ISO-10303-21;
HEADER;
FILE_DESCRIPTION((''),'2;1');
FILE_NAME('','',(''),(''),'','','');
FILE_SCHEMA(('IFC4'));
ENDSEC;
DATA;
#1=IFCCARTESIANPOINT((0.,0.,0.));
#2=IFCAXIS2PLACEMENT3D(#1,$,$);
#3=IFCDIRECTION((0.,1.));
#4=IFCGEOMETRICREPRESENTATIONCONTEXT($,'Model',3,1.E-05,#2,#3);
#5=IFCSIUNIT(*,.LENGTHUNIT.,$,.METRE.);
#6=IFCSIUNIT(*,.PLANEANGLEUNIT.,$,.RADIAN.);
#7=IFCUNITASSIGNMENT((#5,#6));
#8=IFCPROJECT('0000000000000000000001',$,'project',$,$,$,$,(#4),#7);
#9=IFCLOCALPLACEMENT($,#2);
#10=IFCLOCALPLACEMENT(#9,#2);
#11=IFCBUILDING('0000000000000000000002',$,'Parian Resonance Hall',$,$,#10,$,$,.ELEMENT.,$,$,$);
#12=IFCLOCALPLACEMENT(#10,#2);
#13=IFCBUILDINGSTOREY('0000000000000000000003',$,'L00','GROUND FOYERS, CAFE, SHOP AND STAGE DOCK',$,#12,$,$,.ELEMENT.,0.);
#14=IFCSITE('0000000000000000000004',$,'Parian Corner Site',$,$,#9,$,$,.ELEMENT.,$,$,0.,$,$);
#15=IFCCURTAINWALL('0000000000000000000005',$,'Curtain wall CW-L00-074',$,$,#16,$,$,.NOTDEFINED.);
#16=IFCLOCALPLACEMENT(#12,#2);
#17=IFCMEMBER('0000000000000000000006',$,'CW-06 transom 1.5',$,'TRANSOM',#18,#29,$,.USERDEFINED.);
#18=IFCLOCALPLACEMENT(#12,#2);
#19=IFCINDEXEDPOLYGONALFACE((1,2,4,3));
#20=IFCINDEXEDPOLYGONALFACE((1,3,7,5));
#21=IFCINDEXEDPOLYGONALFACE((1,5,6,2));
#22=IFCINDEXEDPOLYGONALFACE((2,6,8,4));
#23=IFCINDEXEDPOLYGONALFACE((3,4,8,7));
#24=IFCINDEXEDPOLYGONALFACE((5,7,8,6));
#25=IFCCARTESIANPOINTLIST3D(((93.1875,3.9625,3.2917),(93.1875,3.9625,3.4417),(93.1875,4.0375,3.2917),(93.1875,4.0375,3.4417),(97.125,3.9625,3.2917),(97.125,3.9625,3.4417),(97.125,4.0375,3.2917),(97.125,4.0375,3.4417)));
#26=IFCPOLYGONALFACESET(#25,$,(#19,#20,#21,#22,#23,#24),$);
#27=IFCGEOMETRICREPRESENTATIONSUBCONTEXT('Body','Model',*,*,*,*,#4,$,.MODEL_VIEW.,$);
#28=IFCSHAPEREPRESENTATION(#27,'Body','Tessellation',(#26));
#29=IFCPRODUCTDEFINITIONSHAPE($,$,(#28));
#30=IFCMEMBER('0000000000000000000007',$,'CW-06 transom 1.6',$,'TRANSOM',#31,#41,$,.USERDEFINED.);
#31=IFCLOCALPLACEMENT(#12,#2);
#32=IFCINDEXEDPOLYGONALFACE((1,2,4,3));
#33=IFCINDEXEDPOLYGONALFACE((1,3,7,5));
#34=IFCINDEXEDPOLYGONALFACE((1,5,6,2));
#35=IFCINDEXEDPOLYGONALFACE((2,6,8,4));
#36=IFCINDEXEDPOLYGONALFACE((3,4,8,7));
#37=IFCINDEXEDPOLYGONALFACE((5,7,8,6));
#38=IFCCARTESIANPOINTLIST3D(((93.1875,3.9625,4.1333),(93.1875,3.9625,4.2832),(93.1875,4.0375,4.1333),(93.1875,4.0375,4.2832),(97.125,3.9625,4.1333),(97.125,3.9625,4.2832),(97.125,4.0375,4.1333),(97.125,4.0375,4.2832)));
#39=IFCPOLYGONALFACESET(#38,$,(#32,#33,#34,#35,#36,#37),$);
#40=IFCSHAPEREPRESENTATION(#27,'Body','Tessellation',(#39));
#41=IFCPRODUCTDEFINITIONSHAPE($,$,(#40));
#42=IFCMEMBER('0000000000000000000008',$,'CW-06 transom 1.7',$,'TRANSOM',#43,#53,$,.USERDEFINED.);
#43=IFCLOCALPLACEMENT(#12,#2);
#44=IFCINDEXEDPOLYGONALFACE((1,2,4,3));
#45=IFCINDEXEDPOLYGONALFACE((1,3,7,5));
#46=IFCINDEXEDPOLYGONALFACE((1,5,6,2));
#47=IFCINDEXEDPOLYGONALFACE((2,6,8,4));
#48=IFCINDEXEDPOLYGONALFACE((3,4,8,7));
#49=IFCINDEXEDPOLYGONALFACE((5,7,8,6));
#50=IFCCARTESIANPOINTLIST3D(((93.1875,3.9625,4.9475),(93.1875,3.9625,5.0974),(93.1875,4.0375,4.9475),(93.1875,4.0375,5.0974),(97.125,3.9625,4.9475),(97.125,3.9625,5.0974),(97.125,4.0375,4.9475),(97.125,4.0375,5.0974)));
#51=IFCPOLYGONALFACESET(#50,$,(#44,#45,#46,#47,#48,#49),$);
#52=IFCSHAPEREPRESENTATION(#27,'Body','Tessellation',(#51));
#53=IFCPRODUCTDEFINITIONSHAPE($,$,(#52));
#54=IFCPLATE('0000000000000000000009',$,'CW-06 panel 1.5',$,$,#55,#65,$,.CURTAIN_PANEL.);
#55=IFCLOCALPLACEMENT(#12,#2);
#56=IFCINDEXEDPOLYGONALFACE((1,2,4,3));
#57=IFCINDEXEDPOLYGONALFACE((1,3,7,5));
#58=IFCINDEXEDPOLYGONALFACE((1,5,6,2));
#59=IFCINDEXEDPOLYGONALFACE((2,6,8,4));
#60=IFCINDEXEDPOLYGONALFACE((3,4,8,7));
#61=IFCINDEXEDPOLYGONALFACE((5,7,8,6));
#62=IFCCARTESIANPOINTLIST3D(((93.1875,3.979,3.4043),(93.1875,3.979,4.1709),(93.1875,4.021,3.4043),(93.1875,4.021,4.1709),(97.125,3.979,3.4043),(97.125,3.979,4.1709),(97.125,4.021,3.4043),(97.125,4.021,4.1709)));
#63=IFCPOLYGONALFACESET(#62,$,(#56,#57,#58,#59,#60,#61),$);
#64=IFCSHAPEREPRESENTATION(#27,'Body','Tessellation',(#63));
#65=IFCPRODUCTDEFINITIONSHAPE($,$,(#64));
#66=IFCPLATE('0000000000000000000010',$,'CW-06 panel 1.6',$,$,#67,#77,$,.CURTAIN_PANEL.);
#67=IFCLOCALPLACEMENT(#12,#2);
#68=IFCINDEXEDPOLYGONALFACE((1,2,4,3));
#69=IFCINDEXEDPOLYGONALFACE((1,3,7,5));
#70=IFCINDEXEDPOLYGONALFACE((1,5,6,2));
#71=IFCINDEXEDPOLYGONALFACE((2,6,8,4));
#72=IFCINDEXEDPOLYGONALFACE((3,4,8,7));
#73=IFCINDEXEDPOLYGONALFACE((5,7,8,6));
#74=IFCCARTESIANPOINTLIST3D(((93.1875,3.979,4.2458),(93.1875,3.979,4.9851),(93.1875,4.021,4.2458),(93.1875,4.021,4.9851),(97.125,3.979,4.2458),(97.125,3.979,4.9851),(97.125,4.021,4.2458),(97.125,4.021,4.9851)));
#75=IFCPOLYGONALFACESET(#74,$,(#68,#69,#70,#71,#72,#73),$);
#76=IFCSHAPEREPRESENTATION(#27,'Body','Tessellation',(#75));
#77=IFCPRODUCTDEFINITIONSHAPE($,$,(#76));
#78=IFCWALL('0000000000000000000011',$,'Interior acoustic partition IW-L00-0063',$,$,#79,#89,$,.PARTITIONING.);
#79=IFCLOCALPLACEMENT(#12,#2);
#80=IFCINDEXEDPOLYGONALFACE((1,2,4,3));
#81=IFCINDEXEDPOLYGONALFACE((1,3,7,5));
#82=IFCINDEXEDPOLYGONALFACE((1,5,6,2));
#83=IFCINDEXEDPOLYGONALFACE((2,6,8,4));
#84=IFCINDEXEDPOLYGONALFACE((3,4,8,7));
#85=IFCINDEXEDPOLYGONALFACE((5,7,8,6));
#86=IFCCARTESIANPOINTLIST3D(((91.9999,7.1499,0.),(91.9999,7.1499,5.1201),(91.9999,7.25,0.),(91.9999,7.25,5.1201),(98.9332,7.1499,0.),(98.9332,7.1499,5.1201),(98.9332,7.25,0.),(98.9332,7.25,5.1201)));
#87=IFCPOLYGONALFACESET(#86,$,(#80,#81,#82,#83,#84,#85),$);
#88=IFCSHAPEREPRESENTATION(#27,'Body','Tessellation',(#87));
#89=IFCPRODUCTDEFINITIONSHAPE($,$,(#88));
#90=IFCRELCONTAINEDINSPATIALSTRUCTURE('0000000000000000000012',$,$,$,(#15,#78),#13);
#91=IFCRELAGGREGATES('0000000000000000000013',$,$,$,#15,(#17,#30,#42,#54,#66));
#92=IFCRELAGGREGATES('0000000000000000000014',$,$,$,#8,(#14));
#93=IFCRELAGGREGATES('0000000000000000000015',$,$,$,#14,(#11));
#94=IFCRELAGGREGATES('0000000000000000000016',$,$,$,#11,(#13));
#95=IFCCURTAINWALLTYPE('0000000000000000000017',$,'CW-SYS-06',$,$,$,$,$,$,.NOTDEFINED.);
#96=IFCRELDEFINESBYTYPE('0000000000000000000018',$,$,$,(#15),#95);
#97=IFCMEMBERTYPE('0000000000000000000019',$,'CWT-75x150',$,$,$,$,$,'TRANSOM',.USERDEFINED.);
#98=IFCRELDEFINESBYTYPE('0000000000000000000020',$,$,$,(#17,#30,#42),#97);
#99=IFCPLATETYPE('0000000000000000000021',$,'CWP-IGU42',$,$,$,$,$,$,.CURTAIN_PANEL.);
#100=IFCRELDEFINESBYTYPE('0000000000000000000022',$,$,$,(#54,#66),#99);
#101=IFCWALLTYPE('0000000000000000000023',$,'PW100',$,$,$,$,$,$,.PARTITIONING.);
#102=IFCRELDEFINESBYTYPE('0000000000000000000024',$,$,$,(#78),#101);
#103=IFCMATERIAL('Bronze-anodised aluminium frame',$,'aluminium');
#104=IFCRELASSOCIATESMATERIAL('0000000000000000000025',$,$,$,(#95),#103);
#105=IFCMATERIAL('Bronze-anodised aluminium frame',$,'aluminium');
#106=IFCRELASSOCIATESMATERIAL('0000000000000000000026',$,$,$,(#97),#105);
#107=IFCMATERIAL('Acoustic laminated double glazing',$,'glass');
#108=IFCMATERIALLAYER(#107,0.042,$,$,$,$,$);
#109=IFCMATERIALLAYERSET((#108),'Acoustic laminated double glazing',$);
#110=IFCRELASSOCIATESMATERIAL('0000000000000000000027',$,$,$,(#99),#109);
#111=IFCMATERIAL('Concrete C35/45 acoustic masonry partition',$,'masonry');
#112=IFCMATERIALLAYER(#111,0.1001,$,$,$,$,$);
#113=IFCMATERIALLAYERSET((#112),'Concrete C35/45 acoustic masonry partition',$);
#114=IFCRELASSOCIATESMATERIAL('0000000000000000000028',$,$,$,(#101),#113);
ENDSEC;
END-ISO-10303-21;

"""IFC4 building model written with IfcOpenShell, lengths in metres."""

from ifc_helpers import new_model, si_unit, direction, frame, frame_2d, origin, origin_2d, place, context, subcontext, project, spatial, rectangle, extrude, material, layer, layer_set, material_profile, profile_set, type_object, element, aggregate, save


model = new_model("IFC4")

# Units and contexts
model_context = context("Model", 3, precision=1e-05, world=origin(), true_north=direction((0.0, 1.0)))
body_context = subcontext(model_context, "Body", "Model", "MODEL_VIEW")
ifc_project = project(units=[si_unit("LENGTHUNIT", "METRE"), si_unit("PLANEANGLEUNIT", "RADIAN")], contexts=[model_context])

# Site, building, storey
site_placement = place(None, origin())
site = spatial("IfcSite", under=ifc_project, at=site_placement, Name="Parian Corner Site", CompositionType="ELEMENT", RefElevation=0.0)
building_placement = place(site_placement, origin())
building = spatial("IfcBuilding", under=site, at=building_placement, Name="Parian Resonance Hall", CompositionType="ELEMENT")
storey_placement = place(building_placement, origin())
storey = spatial("IfcBuildingStorey", under=building, at=storey_placement, Name="L00", Description="GROUND FOYERS, CAFE, SHOP AND STAGE DOCK", CompositionType="ELEMENT", Elevation=0.0)

# Curtain wall, members, plates
ifc_material_1 = material(Name="Bronze-anodised aluminium frame", Category="aluminium")
curtain_wall_type_1 = type_object("IfcCurtainWallType", Name="CW-SYS-06", PredefinedType="NOTDEFINED", material=ifc_material_1)
curtain_wall_1_placement = place(storey_placement, origin())
curtain_wall_1 = element("IfcCurtainWall", 1, at=curtain_wall_1_placement, inside=storey, type_object=curtain_wall_type_1, Name="Curtain wall CW-L00-074", PredefinedType="NOTDEFINED")
ifc_material_2 = material(Name="Bronze-anodised aluminium frame", Category="aluminium")
ifc_material_profile_1 = material_profile(ifc_material_2, rectangle(XDim=0.075, YDim=0.1499, at=origin_2d()), Name="CWT-75x150")
ifc_profile_set_1 = profile_set([ifc_material_profile_1], Name="Bronze-anodised aluminium frame")
member_type_1 = type_object("IfcMemberType", Name="CWT-75x150", ElementType="TRANSOM", PredefinedType="USERDEFINED", material=ifc_profile_set_1)
member_1_placement = place(storey_placement, frame((97.125, 4.0, 3.3667), z_axis=(-1.0, 0.0, 0.0), x_axis=(0.0, -1.0, 0.0)))
member_1 = element("IfcMember", 2, at=member_1_placement, type_object=member_type_1, Name="CW-06 transom 1.5", ObjectType="TRANSOM", PredefinedType="USERDEFINED", context=body_context, shape_type="SweptSolid", body=[
    extrude(rectangle(XDim=0.075, YDim=0.1499, at=origin_2d()), origin(), (0.0, 0.0, 1.0), 3.9375),
])
member_2_placement = place(storey_placement, frame((97.125, 4.0, 4.2083), z_axis=(-1.0, 0.0, 0.0), x_axis=(0.0, -1.0, 0.0)))
member_2 = element("IfcMember", 3, at=member_2_placement, type_object=member_type_1, Name="CW-06 transom 1.6", ObjectType="TRANSOM", PredefinedType="USERDEFINED", context=body_context, shape_type="SweptSolid", body=[
    extrude(rectangle(XDim=0.075, YDim=0.1499, at=origin_2d()), origin(), (0.0, 0.0, 1.0), 3.9375),
])
member_3_placement = place(storey_placement, frame((97.125, 4.0, 5.0225), z_axis=(-1.0, 0.0, 0.0), x_axis=(0.0, -1.0, 0.0)))
member_3 = element("IfcMember", 4, at=member_3_placement, type_object=member_type_1, Name="CW-06 transom 1.7", ObjectType="TRANSOM", PredefinedType="USERDEFINED", context=body_context, shape_type="SweptSolid", body=[
    extrude(rectangle(XDim=0.075, YDim=0.1499, at=origin_2d()), origin(), (0.0, 0.0, 1.0), 3.9375),
])
ifc_material_3 = material(Name="Acoustic laminated double glazing", Category="glass")
ifc_layer_1 = layer(ifc_material_3, 0.042)
ifc_layer_set_1 = layer_set([ifc_layer_1], Name="Acoustic laminated double glazing")
plate_type = type_object("IfcPlateType", Name="CWP-IGU42", PredefinedType="CURTAIN_PANEL", material=ifc_layer_set_1)
plate_1_placement = place(storey_placement, frame((95.1562, 4.0, 3.4043), z_axis=(0.0, 0.0, 1.0), x_axis=(-1.0, 0.0, 0.0)))
plate_1 = element("IfcPlate", 5, at=plate_1_placement, type_object=plate_type, Name="CW-06 panel 1.5", PredefinedType="CURTAIN_PANEL", context=body_context, shape_type="SweptSolid", body=[
    extrude(rectangle(XDim=3.9375, YDim=0.042, at=origin_2d()), origin(), (0.0, 0.0, 1.0), 0.7666),
])
plate_2_placement = place(storey_placement, frame((95.1562, 4.0, 4.2458), z_axis=(0.0, 0.0, 1.0), x_axis=(-1.0, 0.0, 0.0)))
plate_2 = element("IfcPlate", 6, at=plate_2_placement, type_object=plate_type, Name="CW-06 panel 1.6", PredefinedType="CURTAIN_PANEL", context=body_context, shape_type="SweptSolid", body=[
    extrude(rectangle(XDim=3.9375, YDim=0.042, at=origin_2d()), origin(), (0.0, 0.0, 1.0), 0.7393),
])
aggregate(curtain_wall_1, [member_1, member_2, member_3, plate_1, plate_2])

# Wall
ifc_material_4 = material(Name="Concrete C35/45 acoustic masonry partition", Category="masonry")
ifc_layer_2 = layer(ifc_material_4, 0.1001)
ifc_layer_set_2 = layer_set([ifc_layer_2], Name="Concrete C35/45 acoustic masonry partition")
wall_type_1 = type_object("IfcWallType", Name="PW100", PredefinedType="PARTITIONING", material=ifc_layer_set_2)
wall_1_placement = place(storey_placement, frame((98.9333, 7.2, 0.0), z_axis=(0.0, 0.0, 1.0), x_axis=(-1.0, 0.0, 0.0)))
element("IfcWall", 7, at=wall_1_placement, inside=storey, type_object=wall_type_1, Name="Interior acoustic partition IW-L00-0063", PredefinedType="PARTITIONING", context=body_context, shape_type="SweptSolid", body=[
    extrude(rectangle(XDim=6.9333, YDim=0.1001, at=frame_2d((3.4668, 0.0))), origin(), (0.0, 0.0, 1.0), 5.1201),
])

save(model, "model.ifc")
